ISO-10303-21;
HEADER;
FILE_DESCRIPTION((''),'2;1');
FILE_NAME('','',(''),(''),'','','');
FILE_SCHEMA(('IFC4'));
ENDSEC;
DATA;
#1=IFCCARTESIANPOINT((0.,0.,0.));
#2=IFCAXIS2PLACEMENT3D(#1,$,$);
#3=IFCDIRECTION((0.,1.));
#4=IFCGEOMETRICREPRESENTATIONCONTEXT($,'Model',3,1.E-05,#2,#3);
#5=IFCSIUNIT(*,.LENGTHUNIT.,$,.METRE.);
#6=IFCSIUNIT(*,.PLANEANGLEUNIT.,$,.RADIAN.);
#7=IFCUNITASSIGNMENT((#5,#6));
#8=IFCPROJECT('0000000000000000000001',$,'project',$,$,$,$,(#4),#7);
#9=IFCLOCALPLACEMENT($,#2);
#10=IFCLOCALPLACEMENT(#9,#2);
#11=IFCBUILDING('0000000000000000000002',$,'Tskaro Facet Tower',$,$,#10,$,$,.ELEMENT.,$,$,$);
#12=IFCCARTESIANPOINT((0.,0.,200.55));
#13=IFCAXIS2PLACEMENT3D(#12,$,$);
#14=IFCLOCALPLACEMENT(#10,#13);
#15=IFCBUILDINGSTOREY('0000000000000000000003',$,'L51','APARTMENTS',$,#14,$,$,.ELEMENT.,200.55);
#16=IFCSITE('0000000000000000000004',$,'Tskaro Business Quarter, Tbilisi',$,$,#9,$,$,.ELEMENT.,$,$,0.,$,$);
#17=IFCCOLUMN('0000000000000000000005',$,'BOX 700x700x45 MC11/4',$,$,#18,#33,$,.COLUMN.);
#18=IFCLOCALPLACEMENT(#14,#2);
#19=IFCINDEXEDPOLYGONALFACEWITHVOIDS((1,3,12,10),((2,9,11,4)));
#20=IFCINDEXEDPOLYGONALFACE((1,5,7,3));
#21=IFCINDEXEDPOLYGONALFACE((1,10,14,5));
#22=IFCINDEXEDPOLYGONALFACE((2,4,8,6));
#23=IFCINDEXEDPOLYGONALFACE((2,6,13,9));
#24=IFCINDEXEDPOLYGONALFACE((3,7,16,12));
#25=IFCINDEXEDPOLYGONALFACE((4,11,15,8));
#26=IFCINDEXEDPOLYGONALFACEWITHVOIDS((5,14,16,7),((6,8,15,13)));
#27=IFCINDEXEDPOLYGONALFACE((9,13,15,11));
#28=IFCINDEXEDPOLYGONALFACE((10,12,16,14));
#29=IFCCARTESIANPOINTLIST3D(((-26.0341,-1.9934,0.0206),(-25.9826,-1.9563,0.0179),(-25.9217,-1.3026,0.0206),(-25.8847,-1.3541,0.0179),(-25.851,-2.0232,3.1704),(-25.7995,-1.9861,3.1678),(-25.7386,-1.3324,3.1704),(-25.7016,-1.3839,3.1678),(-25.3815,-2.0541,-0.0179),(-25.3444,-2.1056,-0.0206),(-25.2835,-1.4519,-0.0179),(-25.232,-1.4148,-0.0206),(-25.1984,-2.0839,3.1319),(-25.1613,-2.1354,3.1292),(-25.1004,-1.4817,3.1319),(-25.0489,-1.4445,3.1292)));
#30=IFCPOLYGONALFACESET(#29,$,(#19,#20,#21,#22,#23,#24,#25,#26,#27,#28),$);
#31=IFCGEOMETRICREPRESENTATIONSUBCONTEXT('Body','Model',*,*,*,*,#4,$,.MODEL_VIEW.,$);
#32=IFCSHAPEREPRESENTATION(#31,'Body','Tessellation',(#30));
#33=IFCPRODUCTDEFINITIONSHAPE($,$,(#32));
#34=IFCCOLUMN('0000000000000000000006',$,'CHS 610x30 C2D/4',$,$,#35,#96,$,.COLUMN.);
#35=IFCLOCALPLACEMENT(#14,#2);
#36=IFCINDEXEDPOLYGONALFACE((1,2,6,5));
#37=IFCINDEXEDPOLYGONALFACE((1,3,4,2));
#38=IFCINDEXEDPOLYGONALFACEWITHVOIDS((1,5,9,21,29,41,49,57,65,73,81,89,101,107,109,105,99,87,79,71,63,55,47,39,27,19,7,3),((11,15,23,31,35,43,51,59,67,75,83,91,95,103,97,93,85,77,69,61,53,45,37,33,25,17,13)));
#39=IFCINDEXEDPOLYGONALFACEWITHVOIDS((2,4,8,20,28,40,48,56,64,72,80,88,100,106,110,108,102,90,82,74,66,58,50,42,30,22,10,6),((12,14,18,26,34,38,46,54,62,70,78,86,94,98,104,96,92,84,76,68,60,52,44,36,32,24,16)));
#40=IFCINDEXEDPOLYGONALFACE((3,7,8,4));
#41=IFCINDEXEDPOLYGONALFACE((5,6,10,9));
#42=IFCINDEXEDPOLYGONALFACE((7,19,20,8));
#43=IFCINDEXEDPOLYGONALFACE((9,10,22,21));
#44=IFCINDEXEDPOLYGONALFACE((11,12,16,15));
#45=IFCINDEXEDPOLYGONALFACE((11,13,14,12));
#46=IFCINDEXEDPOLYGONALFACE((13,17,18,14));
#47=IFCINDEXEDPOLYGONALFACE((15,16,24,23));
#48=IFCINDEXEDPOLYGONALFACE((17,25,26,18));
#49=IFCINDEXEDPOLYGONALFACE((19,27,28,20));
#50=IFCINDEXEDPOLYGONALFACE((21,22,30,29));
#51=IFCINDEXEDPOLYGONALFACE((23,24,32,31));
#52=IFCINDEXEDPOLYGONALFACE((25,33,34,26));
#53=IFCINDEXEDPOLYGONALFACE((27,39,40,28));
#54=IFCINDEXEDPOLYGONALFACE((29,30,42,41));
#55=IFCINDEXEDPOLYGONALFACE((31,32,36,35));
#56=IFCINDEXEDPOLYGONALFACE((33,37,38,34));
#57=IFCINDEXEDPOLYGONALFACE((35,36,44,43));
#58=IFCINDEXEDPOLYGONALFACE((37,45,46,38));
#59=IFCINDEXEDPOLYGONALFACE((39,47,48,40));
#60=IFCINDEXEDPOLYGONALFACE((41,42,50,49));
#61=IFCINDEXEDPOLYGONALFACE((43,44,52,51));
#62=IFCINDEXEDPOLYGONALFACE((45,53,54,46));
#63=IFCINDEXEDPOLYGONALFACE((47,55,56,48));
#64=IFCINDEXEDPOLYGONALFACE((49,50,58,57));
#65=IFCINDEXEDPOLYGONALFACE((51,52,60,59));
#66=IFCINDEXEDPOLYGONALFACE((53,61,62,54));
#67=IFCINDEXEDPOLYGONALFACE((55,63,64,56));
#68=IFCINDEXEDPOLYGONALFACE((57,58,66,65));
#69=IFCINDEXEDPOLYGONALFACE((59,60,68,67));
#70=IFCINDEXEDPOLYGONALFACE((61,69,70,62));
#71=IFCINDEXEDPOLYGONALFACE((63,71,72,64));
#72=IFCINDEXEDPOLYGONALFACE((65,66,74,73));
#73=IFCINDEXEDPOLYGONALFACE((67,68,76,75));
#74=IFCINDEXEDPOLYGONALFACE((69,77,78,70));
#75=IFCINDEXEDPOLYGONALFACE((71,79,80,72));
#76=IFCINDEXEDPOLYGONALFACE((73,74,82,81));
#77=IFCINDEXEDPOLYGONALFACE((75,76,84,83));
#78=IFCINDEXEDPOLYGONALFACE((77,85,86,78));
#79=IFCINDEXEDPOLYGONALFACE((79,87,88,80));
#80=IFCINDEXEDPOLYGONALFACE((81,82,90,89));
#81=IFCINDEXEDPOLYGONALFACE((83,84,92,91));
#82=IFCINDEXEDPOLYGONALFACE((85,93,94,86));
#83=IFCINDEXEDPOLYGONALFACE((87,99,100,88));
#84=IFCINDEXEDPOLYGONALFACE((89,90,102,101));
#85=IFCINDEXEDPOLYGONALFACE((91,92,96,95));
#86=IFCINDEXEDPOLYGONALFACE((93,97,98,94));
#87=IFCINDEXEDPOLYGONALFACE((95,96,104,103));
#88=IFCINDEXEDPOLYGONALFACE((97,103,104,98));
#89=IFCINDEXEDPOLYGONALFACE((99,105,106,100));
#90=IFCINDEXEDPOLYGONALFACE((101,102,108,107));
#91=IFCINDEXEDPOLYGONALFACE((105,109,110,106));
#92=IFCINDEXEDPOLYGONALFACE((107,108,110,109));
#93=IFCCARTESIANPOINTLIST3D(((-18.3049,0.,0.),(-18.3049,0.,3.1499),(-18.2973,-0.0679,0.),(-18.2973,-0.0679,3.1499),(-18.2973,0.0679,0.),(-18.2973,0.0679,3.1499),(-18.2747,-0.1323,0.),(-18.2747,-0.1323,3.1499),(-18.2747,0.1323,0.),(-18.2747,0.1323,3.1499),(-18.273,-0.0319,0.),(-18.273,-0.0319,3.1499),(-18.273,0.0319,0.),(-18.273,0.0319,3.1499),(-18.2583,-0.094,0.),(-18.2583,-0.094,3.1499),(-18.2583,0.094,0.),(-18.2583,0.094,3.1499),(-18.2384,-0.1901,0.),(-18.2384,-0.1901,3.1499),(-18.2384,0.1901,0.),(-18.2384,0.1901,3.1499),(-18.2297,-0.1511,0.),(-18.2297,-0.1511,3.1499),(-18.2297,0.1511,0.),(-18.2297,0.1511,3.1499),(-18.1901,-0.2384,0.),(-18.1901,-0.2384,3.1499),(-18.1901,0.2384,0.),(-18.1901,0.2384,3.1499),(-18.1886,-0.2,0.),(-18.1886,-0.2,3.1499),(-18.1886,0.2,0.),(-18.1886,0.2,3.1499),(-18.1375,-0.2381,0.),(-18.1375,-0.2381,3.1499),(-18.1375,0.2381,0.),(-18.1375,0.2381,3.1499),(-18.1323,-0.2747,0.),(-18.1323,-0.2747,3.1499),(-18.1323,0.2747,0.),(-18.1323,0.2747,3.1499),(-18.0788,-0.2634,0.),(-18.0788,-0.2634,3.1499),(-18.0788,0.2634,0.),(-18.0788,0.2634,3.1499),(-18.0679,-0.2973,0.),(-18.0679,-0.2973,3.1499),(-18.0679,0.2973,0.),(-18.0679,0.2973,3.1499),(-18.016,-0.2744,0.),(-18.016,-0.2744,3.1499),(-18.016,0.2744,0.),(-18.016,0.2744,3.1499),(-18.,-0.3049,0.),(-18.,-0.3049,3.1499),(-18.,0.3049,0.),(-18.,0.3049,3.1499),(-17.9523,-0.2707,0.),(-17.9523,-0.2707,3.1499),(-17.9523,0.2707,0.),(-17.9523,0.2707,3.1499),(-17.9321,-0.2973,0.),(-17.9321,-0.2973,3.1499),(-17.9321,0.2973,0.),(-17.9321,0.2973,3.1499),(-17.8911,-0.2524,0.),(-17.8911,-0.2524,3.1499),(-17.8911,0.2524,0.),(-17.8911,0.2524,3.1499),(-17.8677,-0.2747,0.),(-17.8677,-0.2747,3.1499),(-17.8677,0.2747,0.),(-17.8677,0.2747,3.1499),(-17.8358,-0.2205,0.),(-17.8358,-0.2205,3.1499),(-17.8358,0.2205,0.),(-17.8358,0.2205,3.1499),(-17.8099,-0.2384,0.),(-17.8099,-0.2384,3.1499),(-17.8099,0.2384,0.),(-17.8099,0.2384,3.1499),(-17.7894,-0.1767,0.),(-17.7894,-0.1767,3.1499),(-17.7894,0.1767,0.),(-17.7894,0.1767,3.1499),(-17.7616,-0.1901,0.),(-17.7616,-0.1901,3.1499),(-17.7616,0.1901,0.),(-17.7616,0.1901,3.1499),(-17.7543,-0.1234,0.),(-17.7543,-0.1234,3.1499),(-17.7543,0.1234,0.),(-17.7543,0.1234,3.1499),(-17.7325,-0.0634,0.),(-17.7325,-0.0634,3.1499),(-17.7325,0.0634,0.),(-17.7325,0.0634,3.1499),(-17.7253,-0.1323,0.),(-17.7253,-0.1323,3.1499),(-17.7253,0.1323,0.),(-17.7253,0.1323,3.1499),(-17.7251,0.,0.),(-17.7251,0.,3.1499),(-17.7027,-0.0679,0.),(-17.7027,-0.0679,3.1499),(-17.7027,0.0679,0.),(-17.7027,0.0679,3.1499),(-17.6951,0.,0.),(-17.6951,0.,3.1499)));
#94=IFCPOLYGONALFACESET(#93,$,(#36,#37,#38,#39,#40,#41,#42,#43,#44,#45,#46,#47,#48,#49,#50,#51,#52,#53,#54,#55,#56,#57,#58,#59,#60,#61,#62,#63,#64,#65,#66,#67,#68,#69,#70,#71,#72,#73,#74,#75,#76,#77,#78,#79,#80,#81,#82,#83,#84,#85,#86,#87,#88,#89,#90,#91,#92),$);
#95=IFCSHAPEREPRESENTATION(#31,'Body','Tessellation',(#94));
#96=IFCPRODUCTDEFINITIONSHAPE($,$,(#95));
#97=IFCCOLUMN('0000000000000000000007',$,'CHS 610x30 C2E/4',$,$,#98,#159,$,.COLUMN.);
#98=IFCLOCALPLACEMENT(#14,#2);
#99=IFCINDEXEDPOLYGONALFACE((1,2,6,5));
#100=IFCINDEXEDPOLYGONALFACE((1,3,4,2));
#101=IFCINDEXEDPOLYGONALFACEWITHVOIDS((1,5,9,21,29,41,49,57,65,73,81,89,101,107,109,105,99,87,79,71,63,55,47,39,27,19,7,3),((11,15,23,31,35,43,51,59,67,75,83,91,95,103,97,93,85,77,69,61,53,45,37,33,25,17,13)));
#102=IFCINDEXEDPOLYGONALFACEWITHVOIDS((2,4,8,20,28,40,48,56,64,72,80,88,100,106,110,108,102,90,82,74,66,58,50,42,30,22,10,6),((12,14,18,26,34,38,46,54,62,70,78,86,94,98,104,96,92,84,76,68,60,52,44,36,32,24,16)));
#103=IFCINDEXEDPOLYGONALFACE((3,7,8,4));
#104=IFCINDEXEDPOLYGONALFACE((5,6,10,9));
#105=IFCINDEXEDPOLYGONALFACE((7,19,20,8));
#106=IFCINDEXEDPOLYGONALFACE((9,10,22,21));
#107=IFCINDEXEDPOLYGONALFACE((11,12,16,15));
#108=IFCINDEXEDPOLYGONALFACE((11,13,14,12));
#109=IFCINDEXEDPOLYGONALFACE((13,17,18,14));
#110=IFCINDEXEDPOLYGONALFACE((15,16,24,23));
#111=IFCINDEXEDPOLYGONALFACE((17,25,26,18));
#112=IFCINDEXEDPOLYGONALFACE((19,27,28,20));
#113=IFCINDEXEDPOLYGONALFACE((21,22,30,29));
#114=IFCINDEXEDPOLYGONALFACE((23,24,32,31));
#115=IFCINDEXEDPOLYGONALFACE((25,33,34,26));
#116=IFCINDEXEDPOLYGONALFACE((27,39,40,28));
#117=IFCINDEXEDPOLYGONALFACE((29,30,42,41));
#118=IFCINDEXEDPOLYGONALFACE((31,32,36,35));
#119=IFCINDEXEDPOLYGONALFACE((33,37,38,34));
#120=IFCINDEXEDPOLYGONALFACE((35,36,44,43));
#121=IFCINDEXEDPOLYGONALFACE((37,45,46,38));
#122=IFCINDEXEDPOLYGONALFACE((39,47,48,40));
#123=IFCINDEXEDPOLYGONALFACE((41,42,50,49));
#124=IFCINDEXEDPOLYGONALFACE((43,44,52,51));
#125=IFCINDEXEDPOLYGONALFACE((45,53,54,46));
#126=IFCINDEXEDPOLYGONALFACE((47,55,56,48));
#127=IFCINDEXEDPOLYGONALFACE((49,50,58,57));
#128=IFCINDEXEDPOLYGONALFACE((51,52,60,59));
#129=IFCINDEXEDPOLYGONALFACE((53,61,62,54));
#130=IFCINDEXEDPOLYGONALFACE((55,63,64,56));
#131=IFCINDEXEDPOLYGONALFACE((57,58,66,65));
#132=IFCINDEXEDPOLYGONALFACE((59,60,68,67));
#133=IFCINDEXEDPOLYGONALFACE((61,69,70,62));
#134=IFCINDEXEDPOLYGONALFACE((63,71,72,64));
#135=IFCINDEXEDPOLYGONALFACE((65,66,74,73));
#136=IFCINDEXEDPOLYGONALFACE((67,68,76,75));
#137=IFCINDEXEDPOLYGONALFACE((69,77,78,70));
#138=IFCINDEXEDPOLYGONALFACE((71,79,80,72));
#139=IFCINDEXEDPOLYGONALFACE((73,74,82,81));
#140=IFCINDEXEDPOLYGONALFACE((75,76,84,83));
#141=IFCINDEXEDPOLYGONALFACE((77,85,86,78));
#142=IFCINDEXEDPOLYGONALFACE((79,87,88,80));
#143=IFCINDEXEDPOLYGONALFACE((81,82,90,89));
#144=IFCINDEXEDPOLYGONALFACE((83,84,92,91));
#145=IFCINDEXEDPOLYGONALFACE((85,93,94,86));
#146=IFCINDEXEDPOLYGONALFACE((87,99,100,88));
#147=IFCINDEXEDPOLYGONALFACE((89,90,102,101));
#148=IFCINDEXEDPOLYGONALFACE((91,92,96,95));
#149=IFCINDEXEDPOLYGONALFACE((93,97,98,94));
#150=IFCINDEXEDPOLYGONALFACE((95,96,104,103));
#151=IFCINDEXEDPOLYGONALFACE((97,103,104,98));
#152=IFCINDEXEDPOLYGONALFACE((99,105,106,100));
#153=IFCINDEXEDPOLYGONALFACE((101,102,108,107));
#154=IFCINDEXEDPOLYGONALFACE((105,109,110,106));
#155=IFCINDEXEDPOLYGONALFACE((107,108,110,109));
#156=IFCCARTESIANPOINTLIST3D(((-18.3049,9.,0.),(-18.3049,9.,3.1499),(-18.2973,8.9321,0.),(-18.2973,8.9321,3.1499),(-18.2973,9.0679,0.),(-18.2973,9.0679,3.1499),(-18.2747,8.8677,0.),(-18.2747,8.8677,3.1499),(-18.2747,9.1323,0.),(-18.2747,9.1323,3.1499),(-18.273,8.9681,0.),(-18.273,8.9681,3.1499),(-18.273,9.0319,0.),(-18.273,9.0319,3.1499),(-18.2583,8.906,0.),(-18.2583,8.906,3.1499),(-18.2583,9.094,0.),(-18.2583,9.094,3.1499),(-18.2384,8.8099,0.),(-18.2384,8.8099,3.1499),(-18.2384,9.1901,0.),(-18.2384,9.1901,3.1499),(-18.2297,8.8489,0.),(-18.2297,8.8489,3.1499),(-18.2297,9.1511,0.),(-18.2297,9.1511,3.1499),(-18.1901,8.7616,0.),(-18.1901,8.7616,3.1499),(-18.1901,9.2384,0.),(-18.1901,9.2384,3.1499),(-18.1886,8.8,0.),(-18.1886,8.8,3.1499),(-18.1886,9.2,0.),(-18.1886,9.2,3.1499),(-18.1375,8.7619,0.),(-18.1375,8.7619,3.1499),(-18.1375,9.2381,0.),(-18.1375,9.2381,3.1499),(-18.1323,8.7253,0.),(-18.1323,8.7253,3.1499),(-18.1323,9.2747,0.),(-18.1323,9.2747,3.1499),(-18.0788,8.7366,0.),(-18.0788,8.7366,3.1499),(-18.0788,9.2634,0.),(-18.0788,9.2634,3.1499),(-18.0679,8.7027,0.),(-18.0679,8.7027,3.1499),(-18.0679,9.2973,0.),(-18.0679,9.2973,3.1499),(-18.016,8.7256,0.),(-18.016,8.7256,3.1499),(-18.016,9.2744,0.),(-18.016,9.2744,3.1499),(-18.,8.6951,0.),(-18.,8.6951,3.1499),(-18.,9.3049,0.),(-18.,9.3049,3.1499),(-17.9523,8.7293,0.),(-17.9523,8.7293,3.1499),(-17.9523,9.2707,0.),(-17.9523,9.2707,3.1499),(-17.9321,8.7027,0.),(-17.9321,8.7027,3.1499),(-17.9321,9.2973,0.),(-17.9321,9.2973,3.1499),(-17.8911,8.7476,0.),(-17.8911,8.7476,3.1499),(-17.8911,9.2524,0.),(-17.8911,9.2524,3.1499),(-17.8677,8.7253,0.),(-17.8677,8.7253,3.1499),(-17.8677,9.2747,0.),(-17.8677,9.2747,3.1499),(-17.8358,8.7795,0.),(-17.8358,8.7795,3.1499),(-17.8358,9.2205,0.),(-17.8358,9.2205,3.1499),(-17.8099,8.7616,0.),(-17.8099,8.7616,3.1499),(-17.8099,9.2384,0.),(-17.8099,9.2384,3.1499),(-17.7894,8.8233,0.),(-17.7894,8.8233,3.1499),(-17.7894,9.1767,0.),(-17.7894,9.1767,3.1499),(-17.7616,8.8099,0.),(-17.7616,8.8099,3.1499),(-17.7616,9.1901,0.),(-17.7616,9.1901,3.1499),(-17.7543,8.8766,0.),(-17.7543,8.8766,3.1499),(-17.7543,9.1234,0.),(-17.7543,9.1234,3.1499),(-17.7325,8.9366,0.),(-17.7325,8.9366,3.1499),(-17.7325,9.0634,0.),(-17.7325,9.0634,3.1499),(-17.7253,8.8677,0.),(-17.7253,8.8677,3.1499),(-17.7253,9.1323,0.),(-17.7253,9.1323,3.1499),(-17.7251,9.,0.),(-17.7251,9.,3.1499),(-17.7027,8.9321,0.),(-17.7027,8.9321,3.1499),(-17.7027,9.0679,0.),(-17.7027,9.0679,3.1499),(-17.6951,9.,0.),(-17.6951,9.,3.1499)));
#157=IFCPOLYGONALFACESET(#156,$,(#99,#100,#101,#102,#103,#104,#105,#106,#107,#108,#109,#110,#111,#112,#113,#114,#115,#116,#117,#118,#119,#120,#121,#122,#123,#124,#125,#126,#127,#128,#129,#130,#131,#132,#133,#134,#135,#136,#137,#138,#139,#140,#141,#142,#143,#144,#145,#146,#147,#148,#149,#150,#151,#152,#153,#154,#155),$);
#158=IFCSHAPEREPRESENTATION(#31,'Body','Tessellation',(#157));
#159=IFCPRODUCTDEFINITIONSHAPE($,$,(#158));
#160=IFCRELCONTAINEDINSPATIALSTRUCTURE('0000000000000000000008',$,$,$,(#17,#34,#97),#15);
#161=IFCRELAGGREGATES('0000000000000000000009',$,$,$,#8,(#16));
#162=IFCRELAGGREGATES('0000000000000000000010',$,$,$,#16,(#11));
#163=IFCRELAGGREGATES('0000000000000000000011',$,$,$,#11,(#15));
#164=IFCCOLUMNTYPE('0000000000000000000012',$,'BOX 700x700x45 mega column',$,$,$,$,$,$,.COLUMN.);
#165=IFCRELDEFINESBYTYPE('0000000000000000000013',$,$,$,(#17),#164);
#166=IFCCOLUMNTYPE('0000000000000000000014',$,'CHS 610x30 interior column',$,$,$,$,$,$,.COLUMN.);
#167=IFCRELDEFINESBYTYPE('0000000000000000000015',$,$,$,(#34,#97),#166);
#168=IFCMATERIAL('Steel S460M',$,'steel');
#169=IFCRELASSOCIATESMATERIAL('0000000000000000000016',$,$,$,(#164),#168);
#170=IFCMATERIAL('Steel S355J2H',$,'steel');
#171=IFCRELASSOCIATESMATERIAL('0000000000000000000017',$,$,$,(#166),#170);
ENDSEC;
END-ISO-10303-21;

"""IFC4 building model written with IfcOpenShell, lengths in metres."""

from ifc_helpers import new_model, si_unit, direction, frame, origin, origin_2d, place, context, subcontext, project, spatial, hollow_rectangle, hollow_circle, extrude, material, material_profile, profile_set, type_object, element, save


model = new_model("IFC4")

# Units and contexts
model_context = context("Model", 3, precision=1e-05, world=origin(), true_north=direction((0.0, 1.0)))
body_context = subcontext(model_context, "Body", "Model", "MODEL_VIEW")
ifc_project = project(units=[si_unit("LENGTHUNIT", "METRE"), si_unit("PLANEANGLEUNIT", "RADIAN")], contexts=[model_context])

# Site, building, storey
site_placement = place(None, origin())
site = spatial("IfcSite", under=ifc_project, at=site_placement, Name="Tskaro Business Quarter, Tbilisi", CompositionType="ELEMENT", RefElevation=0.0)
building_placement = place(site_placement, origin())
building = spatial("IfcBuilding", under=site, at=building_placement, Name="Tskaro Facet Tower", CompositionType="ELEMENT")
storey_placement = place(building_placement, frame((0.0, 0.0, 200.55)))
storey = spatial("IfcBuildingStorey", under=building, at=storey_placement, Name="L51", Description="APARTMENTS", CompositionType="ELEMENT", Elevation=200.55)

# Columns
ifc_material_1 = material(Name="Steel S460M", Category="steel")
ifc_material_profile_1 = material_profile(ifc_material_1, hollow_rectangle(XDim=0.7, YDim=0.7, WallThickness=0.0449, at=origin_2d()), Name="BOX 700x700x45")
ifc_profile_set_1 = profile_set([ifc_material_profile_1], Name="Steel S460M")
column_type_1 = type_object("IfcColumnType", Name="BOX 700x700x45 mega column", PredefinedType="COLUMN", material=ifc_profile_set_1)
column_1_placement = place(storey_placement, frame((-25.6331, -1.7041, 0.0), z_axis=(0.05803, -0.00944, 0.99827), x_axis=(0.160556, 0.987027, 0.0)))
element("IfcColumn", 1, at=column_1_placement, inside=storey, type_object=column_type_1, Name="BOX 700x700x45 MC11/4", PredefinedType="COLUMN", context=body_context, shape_type="SweptSolid", body=[
    extrude(hollow_rectangle(XDim=0.7, YDim=0.7, WallThickness=0.0449, at=origin_2d()), origin(), (0.0, 0.0, 1.0), 3.1553),
])
ifc_material_2 = material(Name="Steel S355J2H", Category="steel")
ifc_material_profile_2 = material_profile(ifc_material_2, hollow_circle(Radius=0.3049, WallThickness=0.03, at=origin_2d()), Name="CHS 610x30")
ifc_profile_set_2 = profile_set([ifc_material_profile_2], Name="Steel S355J2H")
column_type_2 = type_object("IfcColumnType", Name="CHS 610x30 interior column", PredefinedType="COLUMN", material=ifc_profile_set_2)
for number, where, z_axis, x_axis, name in (
    (2, (-18.0, 0.0, 0.0), (0.0, 0.0, 1.0), (1.0, 0.0, 0.0), "CHS 610x30 C2D/4"),
    (3, (-18.0, 9.0, 0.0), (0.0, 0.0, 1.0), (1.0, 0.0, 0.0), "CHS 610x30 C2E/4"),
):
    element("IfcColumn", number, at=place(storey_placement, frame(where, z_axis=z_axis, x_axis=x_axis)), inside=storey, type_object=column_type_2, Name=name, PredefinedType="COLUMN", context=body_context, shape_type="SweptSolid", body=[
        extrude(hollow_circle(Radius=0.3049, WallThickness=0.03, at=origin_2d()), origin(), (0.0, 0.0, 1.0), 3.1499),
    ])

save(model, "model.ifc")
